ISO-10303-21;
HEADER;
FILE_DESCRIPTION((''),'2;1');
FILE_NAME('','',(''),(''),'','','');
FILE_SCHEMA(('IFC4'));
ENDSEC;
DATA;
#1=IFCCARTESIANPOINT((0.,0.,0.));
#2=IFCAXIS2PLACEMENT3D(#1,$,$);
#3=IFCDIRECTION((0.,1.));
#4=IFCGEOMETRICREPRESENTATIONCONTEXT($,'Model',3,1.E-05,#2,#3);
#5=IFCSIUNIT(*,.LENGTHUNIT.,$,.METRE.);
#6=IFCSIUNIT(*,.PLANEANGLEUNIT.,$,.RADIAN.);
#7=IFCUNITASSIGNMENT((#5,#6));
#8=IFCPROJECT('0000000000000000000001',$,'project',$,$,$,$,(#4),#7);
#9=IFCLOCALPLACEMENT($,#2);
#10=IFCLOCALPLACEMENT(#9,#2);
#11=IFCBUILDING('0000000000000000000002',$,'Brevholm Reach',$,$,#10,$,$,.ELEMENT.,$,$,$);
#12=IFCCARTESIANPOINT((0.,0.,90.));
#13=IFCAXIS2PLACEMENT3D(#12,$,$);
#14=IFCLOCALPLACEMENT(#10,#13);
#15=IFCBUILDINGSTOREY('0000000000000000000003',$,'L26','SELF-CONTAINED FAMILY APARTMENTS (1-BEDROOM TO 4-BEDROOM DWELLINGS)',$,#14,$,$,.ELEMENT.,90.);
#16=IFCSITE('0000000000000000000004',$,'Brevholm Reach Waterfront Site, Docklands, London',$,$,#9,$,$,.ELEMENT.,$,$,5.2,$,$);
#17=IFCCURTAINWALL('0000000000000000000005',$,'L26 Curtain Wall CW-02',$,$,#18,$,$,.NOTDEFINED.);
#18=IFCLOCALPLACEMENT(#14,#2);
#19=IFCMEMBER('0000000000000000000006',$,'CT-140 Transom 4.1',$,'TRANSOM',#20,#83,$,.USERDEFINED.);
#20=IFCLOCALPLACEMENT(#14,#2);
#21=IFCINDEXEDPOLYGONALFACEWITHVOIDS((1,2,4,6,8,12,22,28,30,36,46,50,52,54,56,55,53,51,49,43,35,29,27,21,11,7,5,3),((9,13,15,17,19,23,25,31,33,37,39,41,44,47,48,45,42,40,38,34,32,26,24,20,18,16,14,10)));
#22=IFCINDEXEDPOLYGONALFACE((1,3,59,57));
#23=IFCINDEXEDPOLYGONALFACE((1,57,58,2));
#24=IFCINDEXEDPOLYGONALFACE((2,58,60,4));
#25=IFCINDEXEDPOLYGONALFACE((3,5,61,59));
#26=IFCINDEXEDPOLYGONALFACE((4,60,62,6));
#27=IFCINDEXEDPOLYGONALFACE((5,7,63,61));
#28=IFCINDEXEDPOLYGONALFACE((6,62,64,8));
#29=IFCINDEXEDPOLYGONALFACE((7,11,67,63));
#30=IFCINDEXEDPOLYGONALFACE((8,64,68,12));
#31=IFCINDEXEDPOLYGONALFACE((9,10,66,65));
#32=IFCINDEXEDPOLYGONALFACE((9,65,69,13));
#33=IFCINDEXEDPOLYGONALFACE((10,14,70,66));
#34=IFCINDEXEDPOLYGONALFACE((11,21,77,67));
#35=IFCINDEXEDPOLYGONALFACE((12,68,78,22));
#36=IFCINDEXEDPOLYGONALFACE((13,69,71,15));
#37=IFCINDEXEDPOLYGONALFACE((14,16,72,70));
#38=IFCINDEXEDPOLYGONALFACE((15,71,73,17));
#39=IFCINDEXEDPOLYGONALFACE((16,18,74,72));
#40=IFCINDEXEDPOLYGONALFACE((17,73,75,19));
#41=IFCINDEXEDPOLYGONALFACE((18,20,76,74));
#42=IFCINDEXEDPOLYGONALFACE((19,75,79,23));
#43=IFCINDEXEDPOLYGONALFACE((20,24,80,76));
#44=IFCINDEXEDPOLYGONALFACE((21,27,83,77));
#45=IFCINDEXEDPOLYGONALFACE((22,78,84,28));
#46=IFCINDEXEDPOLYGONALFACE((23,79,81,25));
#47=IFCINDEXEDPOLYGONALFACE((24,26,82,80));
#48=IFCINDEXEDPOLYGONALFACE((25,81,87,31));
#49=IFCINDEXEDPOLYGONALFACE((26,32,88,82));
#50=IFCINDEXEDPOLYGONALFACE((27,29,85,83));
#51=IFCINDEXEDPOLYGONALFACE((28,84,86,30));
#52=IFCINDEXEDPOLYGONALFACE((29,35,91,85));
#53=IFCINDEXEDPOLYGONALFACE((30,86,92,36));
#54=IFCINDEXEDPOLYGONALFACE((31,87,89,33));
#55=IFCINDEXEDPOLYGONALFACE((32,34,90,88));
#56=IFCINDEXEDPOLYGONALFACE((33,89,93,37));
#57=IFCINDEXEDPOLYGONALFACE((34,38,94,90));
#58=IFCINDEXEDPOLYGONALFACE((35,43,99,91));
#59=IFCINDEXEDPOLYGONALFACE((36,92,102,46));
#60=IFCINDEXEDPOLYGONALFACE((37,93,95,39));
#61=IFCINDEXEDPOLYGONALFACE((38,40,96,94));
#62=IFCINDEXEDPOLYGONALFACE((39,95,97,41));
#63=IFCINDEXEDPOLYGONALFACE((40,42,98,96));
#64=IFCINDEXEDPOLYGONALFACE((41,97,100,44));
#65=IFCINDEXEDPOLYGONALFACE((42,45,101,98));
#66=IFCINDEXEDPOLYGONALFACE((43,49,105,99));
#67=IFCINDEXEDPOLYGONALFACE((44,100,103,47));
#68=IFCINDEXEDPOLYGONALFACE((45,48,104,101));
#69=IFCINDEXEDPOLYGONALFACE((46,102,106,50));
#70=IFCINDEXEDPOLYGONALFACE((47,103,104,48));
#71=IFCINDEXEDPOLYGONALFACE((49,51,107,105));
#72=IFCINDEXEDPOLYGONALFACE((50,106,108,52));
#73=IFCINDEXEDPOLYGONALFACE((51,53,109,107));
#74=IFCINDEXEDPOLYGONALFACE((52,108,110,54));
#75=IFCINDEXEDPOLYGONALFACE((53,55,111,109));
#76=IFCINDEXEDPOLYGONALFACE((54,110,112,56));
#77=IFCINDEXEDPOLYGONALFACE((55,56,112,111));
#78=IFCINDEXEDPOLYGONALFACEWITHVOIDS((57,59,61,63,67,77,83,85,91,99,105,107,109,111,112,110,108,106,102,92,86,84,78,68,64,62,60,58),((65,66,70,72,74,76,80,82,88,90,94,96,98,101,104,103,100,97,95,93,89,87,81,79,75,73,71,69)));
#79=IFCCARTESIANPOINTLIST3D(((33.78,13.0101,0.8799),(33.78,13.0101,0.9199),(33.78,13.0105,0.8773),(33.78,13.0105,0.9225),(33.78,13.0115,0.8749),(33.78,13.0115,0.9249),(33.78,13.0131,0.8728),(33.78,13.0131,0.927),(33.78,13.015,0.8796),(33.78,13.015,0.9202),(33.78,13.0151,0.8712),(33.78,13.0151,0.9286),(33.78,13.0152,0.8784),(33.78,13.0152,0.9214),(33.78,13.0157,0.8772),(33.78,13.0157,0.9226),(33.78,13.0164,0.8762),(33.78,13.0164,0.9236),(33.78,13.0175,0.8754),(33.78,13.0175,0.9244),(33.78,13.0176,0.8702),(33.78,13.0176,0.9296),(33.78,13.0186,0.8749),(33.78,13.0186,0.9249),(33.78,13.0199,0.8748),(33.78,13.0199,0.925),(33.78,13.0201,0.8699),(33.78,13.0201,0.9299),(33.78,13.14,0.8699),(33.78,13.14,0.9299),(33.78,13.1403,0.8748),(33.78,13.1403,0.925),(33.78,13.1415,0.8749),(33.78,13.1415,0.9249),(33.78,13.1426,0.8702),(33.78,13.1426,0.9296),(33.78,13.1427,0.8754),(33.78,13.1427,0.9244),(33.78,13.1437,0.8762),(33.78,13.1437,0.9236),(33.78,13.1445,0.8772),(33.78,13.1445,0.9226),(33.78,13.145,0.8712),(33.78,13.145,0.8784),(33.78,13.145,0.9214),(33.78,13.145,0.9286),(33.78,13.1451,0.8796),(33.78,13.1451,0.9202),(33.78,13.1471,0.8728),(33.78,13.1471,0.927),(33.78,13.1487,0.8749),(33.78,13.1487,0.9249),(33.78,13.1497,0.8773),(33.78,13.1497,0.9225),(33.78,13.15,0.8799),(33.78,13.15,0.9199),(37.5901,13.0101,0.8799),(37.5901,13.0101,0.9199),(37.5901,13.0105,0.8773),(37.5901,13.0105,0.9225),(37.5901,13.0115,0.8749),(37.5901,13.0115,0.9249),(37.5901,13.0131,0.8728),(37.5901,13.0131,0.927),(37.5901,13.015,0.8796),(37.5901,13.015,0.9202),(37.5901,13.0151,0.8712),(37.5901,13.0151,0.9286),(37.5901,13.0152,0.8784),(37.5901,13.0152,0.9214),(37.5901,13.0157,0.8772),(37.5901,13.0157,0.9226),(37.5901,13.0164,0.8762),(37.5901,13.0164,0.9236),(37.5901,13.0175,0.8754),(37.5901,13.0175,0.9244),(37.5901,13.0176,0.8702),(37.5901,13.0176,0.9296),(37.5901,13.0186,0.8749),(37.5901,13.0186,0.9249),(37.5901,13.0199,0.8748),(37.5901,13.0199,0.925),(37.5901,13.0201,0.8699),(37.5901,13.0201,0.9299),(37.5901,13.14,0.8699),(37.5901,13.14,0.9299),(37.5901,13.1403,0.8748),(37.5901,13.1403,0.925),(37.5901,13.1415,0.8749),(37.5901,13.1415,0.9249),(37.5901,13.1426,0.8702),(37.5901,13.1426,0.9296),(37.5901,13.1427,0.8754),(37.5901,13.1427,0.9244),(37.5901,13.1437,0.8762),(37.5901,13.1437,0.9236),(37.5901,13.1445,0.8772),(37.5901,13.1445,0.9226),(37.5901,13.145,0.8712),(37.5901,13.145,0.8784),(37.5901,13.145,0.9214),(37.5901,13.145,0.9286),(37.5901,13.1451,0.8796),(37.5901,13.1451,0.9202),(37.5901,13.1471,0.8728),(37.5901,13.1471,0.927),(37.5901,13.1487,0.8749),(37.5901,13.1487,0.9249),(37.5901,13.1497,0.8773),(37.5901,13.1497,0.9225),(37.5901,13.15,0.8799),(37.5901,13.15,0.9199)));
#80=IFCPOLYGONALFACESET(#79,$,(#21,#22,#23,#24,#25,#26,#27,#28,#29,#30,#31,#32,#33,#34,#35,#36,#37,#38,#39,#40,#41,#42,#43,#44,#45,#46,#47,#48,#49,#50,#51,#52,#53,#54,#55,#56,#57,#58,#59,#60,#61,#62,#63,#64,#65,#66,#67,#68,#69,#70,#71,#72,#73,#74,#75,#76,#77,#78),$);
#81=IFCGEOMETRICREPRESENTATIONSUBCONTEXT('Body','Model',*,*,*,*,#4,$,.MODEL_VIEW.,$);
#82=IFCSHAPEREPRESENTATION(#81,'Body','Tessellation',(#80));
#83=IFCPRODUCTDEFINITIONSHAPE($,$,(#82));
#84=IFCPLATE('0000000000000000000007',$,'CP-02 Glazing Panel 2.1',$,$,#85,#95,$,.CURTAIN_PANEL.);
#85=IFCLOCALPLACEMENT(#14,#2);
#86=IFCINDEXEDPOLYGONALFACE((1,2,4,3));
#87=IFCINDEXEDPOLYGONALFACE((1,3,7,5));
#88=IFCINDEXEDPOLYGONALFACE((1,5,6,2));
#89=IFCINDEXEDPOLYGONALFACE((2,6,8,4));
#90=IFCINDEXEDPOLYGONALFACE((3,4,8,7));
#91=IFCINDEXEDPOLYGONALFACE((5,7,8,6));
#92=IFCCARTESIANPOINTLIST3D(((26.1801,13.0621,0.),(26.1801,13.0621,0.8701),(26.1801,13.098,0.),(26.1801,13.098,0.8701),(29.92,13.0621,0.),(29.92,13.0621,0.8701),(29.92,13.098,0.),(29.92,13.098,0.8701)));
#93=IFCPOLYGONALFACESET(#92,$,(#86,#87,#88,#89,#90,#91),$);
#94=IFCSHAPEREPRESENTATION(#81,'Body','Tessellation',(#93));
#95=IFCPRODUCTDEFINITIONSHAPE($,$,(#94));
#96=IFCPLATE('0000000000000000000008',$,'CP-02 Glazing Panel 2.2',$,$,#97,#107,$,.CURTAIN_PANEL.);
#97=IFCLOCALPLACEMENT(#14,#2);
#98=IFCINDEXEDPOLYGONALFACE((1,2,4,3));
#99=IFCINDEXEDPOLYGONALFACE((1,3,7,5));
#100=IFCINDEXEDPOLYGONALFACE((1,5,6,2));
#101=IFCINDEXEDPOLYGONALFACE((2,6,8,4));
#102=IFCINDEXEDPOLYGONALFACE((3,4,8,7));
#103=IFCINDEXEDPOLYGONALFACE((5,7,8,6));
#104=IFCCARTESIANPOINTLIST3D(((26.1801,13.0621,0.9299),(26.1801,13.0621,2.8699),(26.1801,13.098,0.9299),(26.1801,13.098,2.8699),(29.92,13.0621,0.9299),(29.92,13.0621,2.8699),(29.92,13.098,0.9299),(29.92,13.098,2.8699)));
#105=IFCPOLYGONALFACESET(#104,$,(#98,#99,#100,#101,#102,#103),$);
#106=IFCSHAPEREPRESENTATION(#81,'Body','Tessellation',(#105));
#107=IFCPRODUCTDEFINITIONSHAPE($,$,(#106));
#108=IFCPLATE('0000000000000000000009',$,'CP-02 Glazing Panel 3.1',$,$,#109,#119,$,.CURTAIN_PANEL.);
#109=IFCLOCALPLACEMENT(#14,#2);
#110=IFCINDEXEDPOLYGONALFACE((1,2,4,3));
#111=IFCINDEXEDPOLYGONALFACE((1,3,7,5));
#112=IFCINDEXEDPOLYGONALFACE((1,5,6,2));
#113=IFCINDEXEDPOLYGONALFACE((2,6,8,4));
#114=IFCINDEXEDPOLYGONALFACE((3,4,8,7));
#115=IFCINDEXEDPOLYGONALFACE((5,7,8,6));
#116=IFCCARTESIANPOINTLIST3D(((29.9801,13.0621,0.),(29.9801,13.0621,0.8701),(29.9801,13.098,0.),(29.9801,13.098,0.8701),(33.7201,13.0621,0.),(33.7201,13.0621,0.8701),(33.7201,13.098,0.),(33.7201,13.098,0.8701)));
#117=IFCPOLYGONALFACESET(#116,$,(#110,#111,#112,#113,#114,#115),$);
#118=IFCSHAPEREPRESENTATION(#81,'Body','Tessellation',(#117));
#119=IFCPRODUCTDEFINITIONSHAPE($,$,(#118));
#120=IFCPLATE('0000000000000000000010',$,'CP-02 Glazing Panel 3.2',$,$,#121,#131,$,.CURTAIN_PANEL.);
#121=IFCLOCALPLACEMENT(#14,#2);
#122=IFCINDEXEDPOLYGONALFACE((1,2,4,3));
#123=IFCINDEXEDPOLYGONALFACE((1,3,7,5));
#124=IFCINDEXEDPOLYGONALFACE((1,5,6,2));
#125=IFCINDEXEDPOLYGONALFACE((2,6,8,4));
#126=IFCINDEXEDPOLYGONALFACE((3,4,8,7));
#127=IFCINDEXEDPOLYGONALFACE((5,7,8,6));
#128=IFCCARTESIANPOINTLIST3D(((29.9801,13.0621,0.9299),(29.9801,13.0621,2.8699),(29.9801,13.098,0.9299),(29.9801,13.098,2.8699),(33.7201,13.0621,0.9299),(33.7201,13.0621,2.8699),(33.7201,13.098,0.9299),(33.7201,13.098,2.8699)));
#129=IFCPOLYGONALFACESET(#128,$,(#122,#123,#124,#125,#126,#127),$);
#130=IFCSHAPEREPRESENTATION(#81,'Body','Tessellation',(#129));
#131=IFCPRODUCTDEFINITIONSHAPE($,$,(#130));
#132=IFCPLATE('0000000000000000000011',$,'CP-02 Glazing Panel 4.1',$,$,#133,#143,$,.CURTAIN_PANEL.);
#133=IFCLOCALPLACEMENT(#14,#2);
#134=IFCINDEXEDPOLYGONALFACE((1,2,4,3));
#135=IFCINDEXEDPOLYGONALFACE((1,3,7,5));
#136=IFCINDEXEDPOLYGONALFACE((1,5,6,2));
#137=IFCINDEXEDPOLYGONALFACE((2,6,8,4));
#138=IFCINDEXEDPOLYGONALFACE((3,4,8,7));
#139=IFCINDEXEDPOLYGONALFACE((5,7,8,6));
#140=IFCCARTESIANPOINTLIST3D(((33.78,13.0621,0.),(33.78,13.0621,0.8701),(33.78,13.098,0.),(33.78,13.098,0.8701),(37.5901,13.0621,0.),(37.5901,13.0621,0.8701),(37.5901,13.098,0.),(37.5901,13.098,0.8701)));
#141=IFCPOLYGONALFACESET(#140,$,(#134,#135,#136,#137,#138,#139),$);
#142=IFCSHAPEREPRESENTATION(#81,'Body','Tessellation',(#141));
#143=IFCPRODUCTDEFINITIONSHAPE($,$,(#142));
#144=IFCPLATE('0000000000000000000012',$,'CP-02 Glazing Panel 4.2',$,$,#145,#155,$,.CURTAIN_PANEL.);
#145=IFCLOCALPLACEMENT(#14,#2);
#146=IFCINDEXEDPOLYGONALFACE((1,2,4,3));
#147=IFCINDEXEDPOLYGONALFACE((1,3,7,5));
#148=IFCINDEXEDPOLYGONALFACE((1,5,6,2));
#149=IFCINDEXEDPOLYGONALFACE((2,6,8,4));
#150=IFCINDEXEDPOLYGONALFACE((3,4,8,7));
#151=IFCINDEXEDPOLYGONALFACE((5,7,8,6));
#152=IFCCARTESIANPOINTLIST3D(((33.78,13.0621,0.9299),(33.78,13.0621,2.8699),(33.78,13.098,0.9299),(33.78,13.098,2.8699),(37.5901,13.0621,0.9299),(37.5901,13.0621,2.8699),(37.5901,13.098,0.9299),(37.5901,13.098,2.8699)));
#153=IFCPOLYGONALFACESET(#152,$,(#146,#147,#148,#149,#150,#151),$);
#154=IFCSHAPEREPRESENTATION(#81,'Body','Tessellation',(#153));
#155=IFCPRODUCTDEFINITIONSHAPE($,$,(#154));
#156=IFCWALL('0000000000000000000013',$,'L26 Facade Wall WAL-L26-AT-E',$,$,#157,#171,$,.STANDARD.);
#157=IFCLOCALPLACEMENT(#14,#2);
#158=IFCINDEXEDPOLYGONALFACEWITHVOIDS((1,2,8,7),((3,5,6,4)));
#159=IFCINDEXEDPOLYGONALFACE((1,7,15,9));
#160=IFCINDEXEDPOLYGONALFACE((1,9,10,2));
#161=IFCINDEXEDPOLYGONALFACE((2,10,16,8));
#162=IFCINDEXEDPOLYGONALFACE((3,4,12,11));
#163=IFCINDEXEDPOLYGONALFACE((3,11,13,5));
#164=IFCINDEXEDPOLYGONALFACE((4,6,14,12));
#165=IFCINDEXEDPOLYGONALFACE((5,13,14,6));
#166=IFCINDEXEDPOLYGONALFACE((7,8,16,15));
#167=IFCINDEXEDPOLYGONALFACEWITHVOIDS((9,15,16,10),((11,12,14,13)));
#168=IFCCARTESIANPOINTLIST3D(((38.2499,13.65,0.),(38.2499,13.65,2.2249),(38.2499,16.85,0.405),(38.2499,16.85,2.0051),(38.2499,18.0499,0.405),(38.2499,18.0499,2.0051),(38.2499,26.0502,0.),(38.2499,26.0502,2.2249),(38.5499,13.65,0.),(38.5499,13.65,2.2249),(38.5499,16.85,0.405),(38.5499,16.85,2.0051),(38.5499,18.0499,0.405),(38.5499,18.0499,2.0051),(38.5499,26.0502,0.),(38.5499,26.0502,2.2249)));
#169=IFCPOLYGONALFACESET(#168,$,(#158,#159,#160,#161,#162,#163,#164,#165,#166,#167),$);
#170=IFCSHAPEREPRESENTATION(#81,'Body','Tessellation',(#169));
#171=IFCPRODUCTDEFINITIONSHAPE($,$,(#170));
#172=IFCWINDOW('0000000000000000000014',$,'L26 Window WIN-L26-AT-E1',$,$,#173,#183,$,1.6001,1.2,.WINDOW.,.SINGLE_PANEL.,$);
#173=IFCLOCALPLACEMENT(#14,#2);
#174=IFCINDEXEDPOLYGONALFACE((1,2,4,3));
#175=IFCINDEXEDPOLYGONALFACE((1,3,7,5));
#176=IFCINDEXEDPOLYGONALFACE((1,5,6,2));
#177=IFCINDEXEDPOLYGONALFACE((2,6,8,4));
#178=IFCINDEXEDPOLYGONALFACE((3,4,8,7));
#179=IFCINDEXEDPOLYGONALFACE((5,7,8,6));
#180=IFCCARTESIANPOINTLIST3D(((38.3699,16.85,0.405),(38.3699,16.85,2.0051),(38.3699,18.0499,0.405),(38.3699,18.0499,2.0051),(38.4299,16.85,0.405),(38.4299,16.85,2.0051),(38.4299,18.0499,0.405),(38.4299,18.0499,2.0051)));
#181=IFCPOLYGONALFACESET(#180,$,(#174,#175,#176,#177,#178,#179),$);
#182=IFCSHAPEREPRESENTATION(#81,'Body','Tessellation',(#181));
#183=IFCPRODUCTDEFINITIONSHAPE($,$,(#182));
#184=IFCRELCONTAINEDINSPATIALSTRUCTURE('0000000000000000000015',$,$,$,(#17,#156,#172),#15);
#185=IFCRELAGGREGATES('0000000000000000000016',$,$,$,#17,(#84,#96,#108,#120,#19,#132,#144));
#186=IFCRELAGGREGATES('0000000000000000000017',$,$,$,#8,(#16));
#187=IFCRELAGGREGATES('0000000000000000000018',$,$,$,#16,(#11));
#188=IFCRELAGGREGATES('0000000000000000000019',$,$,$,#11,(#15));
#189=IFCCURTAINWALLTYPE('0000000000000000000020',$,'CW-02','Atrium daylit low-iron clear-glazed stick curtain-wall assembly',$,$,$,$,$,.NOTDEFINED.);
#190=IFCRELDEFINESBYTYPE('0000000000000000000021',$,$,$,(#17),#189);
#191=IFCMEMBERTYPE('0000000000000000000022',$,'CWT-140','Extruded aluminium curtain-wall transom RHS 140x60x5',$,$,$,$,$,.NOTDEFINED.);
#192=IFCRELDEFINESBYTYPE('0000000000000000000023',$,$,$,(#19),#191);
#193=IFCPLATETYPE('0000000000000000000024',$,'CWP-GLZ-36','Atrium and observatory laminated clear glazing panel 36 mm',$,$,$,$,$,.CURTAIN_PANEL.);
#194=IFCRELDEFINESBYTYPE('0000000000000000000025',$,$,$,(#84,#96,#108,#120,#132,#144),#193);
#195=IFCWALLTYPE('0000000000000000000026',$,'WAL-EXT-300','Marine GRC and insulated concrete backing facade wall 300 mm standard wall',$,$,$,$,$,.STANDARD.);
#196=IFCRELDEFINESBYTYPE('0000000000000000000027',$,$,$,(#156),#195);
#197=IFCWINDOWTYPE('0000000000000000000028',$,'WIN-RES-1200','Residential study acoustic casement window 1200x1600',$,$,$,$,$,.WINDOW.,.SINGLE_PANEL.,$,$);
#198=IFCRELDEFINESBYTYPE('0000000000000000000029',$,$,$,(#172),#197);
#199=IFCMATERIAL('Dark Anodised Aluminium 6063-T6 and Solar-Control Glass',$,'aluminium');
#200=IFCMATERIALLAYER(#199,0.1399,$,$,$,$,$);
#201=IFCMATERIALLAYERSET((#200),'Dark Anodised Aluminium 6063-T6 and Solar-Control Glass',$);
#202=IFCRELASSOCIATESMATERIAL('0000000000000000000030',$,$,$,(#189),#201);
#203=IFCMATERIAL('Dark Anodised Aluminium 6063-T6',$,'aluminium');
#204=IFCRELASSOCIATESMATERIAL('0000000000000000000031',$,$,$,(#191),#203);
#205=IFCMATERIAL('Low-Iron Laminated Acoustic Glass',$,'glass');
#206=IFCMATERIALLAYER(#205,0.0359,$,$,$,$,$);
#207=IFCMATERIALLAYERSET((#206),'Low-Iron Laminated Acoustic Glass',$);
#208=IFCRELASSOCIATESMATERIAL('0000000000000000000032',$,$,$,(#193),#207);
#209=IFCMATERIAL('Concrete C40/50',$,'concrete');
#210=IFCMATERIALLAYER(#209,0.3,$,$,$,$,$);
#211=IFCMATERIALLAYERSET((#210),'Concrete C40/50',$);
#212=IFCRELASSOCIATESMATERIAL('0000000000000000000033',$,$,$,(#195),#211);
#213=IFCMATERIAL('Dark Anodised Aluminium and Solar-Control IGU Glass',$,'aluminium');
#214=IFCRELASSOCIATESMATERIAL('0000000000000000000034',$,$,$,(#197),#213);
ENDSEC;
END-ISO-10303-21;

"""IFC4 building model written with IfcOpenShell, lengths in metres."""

from ifc_helpers import new_model, si_unit, direction, frame, frame_2d, origin, origin_2d, place, context, subcontext, project, spatial, rectangle, hollow_rectangle, extrude, material, layer, layer_set, material_profile, profile_set, type_object, element, fill, aggregate, save


model = new_model("IFC4")

# Units and contexts
model_context = context("Model", 3, precision=1e-05, world=origin(), true_north=direction((0.0, 1.0)))
body_context = subcontext(model_context, "Body", "Model", "MODEL_VIEW")
ifc_project = project(units=[si_unit("LENGTHUNIT", "METRE"), si_unit("PLANEANGLEUNIT", "RADIAN")], contexts=[model_context])

# Site, building, storey
site_placement = place(None, origin())
site = spatial("IfcSite", under=ifc_project, at=site_placement, Name="Brevholm Reach Waterfront Site, Docklands, London", CompositionType="ELEMENT", RefElevation=5.2)
building_placement = place(site_placement, origin())
building = spatial("IfcBuilding", under=site, at=building_placement, Name="Brevholm Reach", CompositionType="ELEMENT")
storey_placement = place(building_placement, frame((0.0, 0.0, 90.0)))
storey = spatial("IfcBuildingStorey", under=building, at=storey_placement, Name="L26", Description="SELF-CONTAINED FAMILY APARTMENTS (1-BEDROOM TO 4-BEDROOM DWELLINGS)", CompositionType="ELEMENT", Elevation=90.0)

# Curtain wall, member, plates
ifc_material_1 = material(Name="Dark Anodised Aluminium 6063-T6 and Solar-Control Glass", Category="aluminium")
ifc_layer_1 = layer(ifc_material_1, 0.1399)
ifc_layer_set_1 = layer_set([ifc_layer_1], Name="Dark Anodised Aluminium 6063-T6 and Solar-Control Glass")
curtain_wall_type = type_object("IfcCurtainWallType", Name="CW-02", Description="Atrium daylit low-iron clear-glazed stick curtain-wall assembly", PredefinedType="NOTDEFINED", material=ifc_layer_set_1)
curtain_wall_placement = place(storey_placement, origin())
curtain_wall = element("IfcCurtainWall", 1, at=curtain_wall_placement, inside=storey, type_object=curtain_wall_type, Name="L26 Curtain Wall CW-02", PredefinedType="NOTDEFINED")
ifc_material_2 = material(Name="Dark Anodised Aluminium 6063-T6", Category="aluminium")
ifc_material_profile_1 = material_profile(ifc_material_2, hollow_rectangle(XDim=0.0601, YDim=0.1399, WallThickness=0.0049, InnerFilletRadius=0.0049, OuterFilletRadius=0.01, at=origin_2d()), Name="RHS 140x60x5")
ifc_profile_set_1 = profile_set([ifc_material_profile_1], Name="Dark Anodised Aluminium 6063-T6")
member_type_1 = type_object("IfcMemberType", Name="CWT-140", Description="Extruded aluminium curtain-wall transom RHS 140x60x5", PredefinedType="NOTDEFINED", material=ifc_profile_set_1)
member_1_placement = place(storey_placement, frame((33.78, 13.0801, 0.8999), z_axis=(1.0, 0.0, 0.0), x_axis=(0.0, 0.0, 1.0)))
member_1 = element("IfcMember", 2, at=member_1_placement, type_object=member_type_1, Name="CT-140 Transom 4.1", ObjectType="TRANSOM", PredefinedType="USERDEFINED", context=body_context, shape_type="SweptSolid", body=[
    extrude(hollow_rectangle(XDim=0.0601, YDim=0.1399, WallThickness=0.0049, InnerFilletRadius=0.0049, OuterFilletRadius=0.01, at=origin_2d()), origin(), (0.0, 0.0, 1.0), 3.8101),
])
ifc_material_3 = material(Name="Low-Iron Laminated Acoustic Glass", Category="glass")
ifc_layer_2 = layer(ifc_material_3, 0.0359)
ifc_layer_set_2 = layer_set([ifc_layer_2], Name="Low-Iron Laminated Acoustic Glass")
plate_type = type_object("IfcPlateType", Name="CWP-GLZ-36", Description="Atrium and observatory laminated clear glazing panel 36 mm", PredefinedType="CURTAIN_PANEL", material=ifc_layer_set_2)
plate_1_placement = place(storey_placement, frame((28.05, 13.0801, 0.0), z_axis=(0.0, 0.0, 1.0), x_axis=(1.0, 0.0, 0.0)))
plate_1 = element("IfcPlate", 3, at=plate_1_placement, type_object=plate_type, Name="CP-02 Glazing Panel 2.1", PredefinedType="CURTAIN_PANEL", context=body_context, shape_type="SweptSolid", body=[
    extrude(rectangle(XDim=3.74, YDim=0.0359, at=origin_2d()), origin(), (0.0, 0.0, 1.0), 0.8701),
])
plate_2_placement = place(storey_placement, frame((28.05, 13.0801, 0.9299), z_axis=(0.0, 0.0, 1.0), x_axis=(1.0, 0.0, 0.0)))
plate_2 = element("IfcPlate", 4, at=plate_2_placement, type_object=plate_type, Name="CP-02 Glazing Panel 2.2", PredefinedType="CURTAIN_PANEL", context=body_context, shape_type="SweptSolid", body=[
    extrude(rectangle(XDim=3.74, YDim=0.0359, at=origin_2d()), origin(), (0.0, 0.0, 1.0), 1.9399),
])
plate_3_placement = place(storey_placement, frame((31.8501, 13.0801, 0.0), z_axis=(0.0, 0.0, 1.0), x_axis=(1.0, 0.0, 0.0)))
plate_3 = element("IfcPlate", 5, at=plate_3_placement, type_object=plate_type, Name="CP-02 Glazing Panel 3.1", PredefinedType="CURTAIN_PANEL", context=body_context, shape_type="SweptSolid", body=[
    extrude(rectangle(XDim=3.74, YDim=0.0359, at=origin_2d()), origin(), (0.0, 0.0, 1.0), 0.8701),
])
plate_4_placement = place(storey_placement, frame((31.8501, 13.0801, 0.9299), z_axis=(0.0, 0.0, 1.0), x_axis=(1.0, 0.0, 0.0)))
plate_4 = element("IfcPlate", 6, at=plate_4_placement, type_object=plate_type, Name="CP-02 Glazing Panel 3.2", PredefinedType="CURTAIN_PANEL", context=body_context, shape_type="SweptSolid", body=[
    extrude(rectangle(XDim=3.74, YDim=0.0359, at=origin_2d()), origin(), (0.0, 0.0, 1.0), 1.9399),
])
plate_5_placement = place(storey_placement, frame((35.6851, 13.0801, 0.0), z_axis=(0.0, 0.0, 1.0), x_axis=(1.0, 0.0, 0.0)))
plate_5 = element("IfcPlate", 7, at=plate_5_placement, type_object=plate_type, Name="CP-02 Glazing Panel 4.1", PredefinedType="CURTAIN_PANEL", context=body_context, shape_type="SweptSolid", body=[
    extrude(rectangle(XDim=3.8101, YDim=0.0359, at=origin_2d()), origin(), (0.0, 0.0, 1.0), 0.8701),
])
plate_6_placement = place(storey_placement, frame((35.6851, 13.0801, 0.9299), z_axis=(0.0, 0.0, 1.0), x_axis=(1.0, 0.0, 0.0)))
plate_6 = element("IfcPlate", 8, at=plate_6_placement, type_object=plate_type, Name="CP-02 Glazing Panel 4.2", PredefinedType="CURTAIN_PANEL", context=body_context, shape_type="SweptSolid", body=[
    extrude(rectangle(XDim=3.8101, YDim=0.0359, at=origin_2d()), origin(), (0.0, 0.0, 1.0), 1.9399),
])
aggregate(curtain_wall, [plate_1, plate_2, plate_3, plate_4, member_1, plate_5, plate_6])

# Wall, opening, window
ifc_material_4 = material(Name="Concrete C40/50", Category="concrete")
ifc_layer_3 = layer(ifc_material_4, 0.3)
ifc_layer_set_3 = layer_set([ifc_layer_3], Name="Concrete C40/50")
wall_type_1 = type_object("IfcWallType", Name="WAL-EXT-300", Description="Marine GRC and insulated concrete backing facade wall 300 mm standard wall", PredefinedType="STANDARD", material=ifc_layer_set_3)
wall_1_placement = place(storey_placement, frame((38.3999, 13.6499, 0.0), z_axis=(0.0, 0.0, 1.0), x_axis=(0.0, 1.0, 0.0)))
wall_1 = element("IfcWall", 9, at=wall_1_placement, inside=storey, type_object=wall_type_1, Name="L26 Facade Wall WAL-L26-AT-E", PredefinedType="STANDARD", context=body_context, shape_type="SweptSolid", body=[
    extrude(rectangle(XDim=12.4001, YDim=0.3, at=frame_2d((6.2002, 0.0))), origin(), (0.0, 0.0, 1.0), 2.2249),
])
opening_placement = place(wall_1_placement, frame((3.2, 0.0, 0.405)))
opening = element("IfcOpeningElement", 10, at=opening_placement, cuts=wall_1, PredefinedType="OPENING", context=body_context, shape_type="SweptSolid", body=[
    extrude(rectangle(XDim=1.2, YDim=1.6001, at=frame_2d((0.6001, 0.8))), frame((0.0, 0.1599, 0.0), z_axis=(0.0, -1.0, 0.0), x_axis=(1.0, 0.0, 0.0)), (0.0, 0.0, 1.0), 0.3201),
])
ifc_material_5 = material(Name="Dark Anodised Aluminium and Solar-Control IGU Glass", Category="aluminium")
window_type = type_object("IfcWindowType", Name="WIN-RES-1200", Description="Residential study acoustic casement window 1200x1600", PartitioningType="SINGLE_PANEL", PredefinedType="WINDOW", material=ifc_material_5)
window_placement = place(opening_placement, origin())
window = element("IfcWindow", 11, at=window_placement, inside=storey, type_object=window_type, Name="L26 Window WIN-L26-AT-E1", OverallHeight=1.6001, OverallWidth=1.2, PartitioningType="SINGLE_PANEL", PredefinedType="WINDOW", context=body_context, shape_type="SweptSolid", body=[
    extrude(rectangle(XDim=1.2, YDim=1.6001, at=frame_2d((0.6001, 0.8))), frame((0.0, 0.03, 0.0), z_axis=(0.0, -1.0, 0.0), x_axis=(1.0, 0.0, 0.0)), (0.0, 0.0, 1.0), 0.0601),
])
fill(opening, window)

save(model, "model.ifc")
